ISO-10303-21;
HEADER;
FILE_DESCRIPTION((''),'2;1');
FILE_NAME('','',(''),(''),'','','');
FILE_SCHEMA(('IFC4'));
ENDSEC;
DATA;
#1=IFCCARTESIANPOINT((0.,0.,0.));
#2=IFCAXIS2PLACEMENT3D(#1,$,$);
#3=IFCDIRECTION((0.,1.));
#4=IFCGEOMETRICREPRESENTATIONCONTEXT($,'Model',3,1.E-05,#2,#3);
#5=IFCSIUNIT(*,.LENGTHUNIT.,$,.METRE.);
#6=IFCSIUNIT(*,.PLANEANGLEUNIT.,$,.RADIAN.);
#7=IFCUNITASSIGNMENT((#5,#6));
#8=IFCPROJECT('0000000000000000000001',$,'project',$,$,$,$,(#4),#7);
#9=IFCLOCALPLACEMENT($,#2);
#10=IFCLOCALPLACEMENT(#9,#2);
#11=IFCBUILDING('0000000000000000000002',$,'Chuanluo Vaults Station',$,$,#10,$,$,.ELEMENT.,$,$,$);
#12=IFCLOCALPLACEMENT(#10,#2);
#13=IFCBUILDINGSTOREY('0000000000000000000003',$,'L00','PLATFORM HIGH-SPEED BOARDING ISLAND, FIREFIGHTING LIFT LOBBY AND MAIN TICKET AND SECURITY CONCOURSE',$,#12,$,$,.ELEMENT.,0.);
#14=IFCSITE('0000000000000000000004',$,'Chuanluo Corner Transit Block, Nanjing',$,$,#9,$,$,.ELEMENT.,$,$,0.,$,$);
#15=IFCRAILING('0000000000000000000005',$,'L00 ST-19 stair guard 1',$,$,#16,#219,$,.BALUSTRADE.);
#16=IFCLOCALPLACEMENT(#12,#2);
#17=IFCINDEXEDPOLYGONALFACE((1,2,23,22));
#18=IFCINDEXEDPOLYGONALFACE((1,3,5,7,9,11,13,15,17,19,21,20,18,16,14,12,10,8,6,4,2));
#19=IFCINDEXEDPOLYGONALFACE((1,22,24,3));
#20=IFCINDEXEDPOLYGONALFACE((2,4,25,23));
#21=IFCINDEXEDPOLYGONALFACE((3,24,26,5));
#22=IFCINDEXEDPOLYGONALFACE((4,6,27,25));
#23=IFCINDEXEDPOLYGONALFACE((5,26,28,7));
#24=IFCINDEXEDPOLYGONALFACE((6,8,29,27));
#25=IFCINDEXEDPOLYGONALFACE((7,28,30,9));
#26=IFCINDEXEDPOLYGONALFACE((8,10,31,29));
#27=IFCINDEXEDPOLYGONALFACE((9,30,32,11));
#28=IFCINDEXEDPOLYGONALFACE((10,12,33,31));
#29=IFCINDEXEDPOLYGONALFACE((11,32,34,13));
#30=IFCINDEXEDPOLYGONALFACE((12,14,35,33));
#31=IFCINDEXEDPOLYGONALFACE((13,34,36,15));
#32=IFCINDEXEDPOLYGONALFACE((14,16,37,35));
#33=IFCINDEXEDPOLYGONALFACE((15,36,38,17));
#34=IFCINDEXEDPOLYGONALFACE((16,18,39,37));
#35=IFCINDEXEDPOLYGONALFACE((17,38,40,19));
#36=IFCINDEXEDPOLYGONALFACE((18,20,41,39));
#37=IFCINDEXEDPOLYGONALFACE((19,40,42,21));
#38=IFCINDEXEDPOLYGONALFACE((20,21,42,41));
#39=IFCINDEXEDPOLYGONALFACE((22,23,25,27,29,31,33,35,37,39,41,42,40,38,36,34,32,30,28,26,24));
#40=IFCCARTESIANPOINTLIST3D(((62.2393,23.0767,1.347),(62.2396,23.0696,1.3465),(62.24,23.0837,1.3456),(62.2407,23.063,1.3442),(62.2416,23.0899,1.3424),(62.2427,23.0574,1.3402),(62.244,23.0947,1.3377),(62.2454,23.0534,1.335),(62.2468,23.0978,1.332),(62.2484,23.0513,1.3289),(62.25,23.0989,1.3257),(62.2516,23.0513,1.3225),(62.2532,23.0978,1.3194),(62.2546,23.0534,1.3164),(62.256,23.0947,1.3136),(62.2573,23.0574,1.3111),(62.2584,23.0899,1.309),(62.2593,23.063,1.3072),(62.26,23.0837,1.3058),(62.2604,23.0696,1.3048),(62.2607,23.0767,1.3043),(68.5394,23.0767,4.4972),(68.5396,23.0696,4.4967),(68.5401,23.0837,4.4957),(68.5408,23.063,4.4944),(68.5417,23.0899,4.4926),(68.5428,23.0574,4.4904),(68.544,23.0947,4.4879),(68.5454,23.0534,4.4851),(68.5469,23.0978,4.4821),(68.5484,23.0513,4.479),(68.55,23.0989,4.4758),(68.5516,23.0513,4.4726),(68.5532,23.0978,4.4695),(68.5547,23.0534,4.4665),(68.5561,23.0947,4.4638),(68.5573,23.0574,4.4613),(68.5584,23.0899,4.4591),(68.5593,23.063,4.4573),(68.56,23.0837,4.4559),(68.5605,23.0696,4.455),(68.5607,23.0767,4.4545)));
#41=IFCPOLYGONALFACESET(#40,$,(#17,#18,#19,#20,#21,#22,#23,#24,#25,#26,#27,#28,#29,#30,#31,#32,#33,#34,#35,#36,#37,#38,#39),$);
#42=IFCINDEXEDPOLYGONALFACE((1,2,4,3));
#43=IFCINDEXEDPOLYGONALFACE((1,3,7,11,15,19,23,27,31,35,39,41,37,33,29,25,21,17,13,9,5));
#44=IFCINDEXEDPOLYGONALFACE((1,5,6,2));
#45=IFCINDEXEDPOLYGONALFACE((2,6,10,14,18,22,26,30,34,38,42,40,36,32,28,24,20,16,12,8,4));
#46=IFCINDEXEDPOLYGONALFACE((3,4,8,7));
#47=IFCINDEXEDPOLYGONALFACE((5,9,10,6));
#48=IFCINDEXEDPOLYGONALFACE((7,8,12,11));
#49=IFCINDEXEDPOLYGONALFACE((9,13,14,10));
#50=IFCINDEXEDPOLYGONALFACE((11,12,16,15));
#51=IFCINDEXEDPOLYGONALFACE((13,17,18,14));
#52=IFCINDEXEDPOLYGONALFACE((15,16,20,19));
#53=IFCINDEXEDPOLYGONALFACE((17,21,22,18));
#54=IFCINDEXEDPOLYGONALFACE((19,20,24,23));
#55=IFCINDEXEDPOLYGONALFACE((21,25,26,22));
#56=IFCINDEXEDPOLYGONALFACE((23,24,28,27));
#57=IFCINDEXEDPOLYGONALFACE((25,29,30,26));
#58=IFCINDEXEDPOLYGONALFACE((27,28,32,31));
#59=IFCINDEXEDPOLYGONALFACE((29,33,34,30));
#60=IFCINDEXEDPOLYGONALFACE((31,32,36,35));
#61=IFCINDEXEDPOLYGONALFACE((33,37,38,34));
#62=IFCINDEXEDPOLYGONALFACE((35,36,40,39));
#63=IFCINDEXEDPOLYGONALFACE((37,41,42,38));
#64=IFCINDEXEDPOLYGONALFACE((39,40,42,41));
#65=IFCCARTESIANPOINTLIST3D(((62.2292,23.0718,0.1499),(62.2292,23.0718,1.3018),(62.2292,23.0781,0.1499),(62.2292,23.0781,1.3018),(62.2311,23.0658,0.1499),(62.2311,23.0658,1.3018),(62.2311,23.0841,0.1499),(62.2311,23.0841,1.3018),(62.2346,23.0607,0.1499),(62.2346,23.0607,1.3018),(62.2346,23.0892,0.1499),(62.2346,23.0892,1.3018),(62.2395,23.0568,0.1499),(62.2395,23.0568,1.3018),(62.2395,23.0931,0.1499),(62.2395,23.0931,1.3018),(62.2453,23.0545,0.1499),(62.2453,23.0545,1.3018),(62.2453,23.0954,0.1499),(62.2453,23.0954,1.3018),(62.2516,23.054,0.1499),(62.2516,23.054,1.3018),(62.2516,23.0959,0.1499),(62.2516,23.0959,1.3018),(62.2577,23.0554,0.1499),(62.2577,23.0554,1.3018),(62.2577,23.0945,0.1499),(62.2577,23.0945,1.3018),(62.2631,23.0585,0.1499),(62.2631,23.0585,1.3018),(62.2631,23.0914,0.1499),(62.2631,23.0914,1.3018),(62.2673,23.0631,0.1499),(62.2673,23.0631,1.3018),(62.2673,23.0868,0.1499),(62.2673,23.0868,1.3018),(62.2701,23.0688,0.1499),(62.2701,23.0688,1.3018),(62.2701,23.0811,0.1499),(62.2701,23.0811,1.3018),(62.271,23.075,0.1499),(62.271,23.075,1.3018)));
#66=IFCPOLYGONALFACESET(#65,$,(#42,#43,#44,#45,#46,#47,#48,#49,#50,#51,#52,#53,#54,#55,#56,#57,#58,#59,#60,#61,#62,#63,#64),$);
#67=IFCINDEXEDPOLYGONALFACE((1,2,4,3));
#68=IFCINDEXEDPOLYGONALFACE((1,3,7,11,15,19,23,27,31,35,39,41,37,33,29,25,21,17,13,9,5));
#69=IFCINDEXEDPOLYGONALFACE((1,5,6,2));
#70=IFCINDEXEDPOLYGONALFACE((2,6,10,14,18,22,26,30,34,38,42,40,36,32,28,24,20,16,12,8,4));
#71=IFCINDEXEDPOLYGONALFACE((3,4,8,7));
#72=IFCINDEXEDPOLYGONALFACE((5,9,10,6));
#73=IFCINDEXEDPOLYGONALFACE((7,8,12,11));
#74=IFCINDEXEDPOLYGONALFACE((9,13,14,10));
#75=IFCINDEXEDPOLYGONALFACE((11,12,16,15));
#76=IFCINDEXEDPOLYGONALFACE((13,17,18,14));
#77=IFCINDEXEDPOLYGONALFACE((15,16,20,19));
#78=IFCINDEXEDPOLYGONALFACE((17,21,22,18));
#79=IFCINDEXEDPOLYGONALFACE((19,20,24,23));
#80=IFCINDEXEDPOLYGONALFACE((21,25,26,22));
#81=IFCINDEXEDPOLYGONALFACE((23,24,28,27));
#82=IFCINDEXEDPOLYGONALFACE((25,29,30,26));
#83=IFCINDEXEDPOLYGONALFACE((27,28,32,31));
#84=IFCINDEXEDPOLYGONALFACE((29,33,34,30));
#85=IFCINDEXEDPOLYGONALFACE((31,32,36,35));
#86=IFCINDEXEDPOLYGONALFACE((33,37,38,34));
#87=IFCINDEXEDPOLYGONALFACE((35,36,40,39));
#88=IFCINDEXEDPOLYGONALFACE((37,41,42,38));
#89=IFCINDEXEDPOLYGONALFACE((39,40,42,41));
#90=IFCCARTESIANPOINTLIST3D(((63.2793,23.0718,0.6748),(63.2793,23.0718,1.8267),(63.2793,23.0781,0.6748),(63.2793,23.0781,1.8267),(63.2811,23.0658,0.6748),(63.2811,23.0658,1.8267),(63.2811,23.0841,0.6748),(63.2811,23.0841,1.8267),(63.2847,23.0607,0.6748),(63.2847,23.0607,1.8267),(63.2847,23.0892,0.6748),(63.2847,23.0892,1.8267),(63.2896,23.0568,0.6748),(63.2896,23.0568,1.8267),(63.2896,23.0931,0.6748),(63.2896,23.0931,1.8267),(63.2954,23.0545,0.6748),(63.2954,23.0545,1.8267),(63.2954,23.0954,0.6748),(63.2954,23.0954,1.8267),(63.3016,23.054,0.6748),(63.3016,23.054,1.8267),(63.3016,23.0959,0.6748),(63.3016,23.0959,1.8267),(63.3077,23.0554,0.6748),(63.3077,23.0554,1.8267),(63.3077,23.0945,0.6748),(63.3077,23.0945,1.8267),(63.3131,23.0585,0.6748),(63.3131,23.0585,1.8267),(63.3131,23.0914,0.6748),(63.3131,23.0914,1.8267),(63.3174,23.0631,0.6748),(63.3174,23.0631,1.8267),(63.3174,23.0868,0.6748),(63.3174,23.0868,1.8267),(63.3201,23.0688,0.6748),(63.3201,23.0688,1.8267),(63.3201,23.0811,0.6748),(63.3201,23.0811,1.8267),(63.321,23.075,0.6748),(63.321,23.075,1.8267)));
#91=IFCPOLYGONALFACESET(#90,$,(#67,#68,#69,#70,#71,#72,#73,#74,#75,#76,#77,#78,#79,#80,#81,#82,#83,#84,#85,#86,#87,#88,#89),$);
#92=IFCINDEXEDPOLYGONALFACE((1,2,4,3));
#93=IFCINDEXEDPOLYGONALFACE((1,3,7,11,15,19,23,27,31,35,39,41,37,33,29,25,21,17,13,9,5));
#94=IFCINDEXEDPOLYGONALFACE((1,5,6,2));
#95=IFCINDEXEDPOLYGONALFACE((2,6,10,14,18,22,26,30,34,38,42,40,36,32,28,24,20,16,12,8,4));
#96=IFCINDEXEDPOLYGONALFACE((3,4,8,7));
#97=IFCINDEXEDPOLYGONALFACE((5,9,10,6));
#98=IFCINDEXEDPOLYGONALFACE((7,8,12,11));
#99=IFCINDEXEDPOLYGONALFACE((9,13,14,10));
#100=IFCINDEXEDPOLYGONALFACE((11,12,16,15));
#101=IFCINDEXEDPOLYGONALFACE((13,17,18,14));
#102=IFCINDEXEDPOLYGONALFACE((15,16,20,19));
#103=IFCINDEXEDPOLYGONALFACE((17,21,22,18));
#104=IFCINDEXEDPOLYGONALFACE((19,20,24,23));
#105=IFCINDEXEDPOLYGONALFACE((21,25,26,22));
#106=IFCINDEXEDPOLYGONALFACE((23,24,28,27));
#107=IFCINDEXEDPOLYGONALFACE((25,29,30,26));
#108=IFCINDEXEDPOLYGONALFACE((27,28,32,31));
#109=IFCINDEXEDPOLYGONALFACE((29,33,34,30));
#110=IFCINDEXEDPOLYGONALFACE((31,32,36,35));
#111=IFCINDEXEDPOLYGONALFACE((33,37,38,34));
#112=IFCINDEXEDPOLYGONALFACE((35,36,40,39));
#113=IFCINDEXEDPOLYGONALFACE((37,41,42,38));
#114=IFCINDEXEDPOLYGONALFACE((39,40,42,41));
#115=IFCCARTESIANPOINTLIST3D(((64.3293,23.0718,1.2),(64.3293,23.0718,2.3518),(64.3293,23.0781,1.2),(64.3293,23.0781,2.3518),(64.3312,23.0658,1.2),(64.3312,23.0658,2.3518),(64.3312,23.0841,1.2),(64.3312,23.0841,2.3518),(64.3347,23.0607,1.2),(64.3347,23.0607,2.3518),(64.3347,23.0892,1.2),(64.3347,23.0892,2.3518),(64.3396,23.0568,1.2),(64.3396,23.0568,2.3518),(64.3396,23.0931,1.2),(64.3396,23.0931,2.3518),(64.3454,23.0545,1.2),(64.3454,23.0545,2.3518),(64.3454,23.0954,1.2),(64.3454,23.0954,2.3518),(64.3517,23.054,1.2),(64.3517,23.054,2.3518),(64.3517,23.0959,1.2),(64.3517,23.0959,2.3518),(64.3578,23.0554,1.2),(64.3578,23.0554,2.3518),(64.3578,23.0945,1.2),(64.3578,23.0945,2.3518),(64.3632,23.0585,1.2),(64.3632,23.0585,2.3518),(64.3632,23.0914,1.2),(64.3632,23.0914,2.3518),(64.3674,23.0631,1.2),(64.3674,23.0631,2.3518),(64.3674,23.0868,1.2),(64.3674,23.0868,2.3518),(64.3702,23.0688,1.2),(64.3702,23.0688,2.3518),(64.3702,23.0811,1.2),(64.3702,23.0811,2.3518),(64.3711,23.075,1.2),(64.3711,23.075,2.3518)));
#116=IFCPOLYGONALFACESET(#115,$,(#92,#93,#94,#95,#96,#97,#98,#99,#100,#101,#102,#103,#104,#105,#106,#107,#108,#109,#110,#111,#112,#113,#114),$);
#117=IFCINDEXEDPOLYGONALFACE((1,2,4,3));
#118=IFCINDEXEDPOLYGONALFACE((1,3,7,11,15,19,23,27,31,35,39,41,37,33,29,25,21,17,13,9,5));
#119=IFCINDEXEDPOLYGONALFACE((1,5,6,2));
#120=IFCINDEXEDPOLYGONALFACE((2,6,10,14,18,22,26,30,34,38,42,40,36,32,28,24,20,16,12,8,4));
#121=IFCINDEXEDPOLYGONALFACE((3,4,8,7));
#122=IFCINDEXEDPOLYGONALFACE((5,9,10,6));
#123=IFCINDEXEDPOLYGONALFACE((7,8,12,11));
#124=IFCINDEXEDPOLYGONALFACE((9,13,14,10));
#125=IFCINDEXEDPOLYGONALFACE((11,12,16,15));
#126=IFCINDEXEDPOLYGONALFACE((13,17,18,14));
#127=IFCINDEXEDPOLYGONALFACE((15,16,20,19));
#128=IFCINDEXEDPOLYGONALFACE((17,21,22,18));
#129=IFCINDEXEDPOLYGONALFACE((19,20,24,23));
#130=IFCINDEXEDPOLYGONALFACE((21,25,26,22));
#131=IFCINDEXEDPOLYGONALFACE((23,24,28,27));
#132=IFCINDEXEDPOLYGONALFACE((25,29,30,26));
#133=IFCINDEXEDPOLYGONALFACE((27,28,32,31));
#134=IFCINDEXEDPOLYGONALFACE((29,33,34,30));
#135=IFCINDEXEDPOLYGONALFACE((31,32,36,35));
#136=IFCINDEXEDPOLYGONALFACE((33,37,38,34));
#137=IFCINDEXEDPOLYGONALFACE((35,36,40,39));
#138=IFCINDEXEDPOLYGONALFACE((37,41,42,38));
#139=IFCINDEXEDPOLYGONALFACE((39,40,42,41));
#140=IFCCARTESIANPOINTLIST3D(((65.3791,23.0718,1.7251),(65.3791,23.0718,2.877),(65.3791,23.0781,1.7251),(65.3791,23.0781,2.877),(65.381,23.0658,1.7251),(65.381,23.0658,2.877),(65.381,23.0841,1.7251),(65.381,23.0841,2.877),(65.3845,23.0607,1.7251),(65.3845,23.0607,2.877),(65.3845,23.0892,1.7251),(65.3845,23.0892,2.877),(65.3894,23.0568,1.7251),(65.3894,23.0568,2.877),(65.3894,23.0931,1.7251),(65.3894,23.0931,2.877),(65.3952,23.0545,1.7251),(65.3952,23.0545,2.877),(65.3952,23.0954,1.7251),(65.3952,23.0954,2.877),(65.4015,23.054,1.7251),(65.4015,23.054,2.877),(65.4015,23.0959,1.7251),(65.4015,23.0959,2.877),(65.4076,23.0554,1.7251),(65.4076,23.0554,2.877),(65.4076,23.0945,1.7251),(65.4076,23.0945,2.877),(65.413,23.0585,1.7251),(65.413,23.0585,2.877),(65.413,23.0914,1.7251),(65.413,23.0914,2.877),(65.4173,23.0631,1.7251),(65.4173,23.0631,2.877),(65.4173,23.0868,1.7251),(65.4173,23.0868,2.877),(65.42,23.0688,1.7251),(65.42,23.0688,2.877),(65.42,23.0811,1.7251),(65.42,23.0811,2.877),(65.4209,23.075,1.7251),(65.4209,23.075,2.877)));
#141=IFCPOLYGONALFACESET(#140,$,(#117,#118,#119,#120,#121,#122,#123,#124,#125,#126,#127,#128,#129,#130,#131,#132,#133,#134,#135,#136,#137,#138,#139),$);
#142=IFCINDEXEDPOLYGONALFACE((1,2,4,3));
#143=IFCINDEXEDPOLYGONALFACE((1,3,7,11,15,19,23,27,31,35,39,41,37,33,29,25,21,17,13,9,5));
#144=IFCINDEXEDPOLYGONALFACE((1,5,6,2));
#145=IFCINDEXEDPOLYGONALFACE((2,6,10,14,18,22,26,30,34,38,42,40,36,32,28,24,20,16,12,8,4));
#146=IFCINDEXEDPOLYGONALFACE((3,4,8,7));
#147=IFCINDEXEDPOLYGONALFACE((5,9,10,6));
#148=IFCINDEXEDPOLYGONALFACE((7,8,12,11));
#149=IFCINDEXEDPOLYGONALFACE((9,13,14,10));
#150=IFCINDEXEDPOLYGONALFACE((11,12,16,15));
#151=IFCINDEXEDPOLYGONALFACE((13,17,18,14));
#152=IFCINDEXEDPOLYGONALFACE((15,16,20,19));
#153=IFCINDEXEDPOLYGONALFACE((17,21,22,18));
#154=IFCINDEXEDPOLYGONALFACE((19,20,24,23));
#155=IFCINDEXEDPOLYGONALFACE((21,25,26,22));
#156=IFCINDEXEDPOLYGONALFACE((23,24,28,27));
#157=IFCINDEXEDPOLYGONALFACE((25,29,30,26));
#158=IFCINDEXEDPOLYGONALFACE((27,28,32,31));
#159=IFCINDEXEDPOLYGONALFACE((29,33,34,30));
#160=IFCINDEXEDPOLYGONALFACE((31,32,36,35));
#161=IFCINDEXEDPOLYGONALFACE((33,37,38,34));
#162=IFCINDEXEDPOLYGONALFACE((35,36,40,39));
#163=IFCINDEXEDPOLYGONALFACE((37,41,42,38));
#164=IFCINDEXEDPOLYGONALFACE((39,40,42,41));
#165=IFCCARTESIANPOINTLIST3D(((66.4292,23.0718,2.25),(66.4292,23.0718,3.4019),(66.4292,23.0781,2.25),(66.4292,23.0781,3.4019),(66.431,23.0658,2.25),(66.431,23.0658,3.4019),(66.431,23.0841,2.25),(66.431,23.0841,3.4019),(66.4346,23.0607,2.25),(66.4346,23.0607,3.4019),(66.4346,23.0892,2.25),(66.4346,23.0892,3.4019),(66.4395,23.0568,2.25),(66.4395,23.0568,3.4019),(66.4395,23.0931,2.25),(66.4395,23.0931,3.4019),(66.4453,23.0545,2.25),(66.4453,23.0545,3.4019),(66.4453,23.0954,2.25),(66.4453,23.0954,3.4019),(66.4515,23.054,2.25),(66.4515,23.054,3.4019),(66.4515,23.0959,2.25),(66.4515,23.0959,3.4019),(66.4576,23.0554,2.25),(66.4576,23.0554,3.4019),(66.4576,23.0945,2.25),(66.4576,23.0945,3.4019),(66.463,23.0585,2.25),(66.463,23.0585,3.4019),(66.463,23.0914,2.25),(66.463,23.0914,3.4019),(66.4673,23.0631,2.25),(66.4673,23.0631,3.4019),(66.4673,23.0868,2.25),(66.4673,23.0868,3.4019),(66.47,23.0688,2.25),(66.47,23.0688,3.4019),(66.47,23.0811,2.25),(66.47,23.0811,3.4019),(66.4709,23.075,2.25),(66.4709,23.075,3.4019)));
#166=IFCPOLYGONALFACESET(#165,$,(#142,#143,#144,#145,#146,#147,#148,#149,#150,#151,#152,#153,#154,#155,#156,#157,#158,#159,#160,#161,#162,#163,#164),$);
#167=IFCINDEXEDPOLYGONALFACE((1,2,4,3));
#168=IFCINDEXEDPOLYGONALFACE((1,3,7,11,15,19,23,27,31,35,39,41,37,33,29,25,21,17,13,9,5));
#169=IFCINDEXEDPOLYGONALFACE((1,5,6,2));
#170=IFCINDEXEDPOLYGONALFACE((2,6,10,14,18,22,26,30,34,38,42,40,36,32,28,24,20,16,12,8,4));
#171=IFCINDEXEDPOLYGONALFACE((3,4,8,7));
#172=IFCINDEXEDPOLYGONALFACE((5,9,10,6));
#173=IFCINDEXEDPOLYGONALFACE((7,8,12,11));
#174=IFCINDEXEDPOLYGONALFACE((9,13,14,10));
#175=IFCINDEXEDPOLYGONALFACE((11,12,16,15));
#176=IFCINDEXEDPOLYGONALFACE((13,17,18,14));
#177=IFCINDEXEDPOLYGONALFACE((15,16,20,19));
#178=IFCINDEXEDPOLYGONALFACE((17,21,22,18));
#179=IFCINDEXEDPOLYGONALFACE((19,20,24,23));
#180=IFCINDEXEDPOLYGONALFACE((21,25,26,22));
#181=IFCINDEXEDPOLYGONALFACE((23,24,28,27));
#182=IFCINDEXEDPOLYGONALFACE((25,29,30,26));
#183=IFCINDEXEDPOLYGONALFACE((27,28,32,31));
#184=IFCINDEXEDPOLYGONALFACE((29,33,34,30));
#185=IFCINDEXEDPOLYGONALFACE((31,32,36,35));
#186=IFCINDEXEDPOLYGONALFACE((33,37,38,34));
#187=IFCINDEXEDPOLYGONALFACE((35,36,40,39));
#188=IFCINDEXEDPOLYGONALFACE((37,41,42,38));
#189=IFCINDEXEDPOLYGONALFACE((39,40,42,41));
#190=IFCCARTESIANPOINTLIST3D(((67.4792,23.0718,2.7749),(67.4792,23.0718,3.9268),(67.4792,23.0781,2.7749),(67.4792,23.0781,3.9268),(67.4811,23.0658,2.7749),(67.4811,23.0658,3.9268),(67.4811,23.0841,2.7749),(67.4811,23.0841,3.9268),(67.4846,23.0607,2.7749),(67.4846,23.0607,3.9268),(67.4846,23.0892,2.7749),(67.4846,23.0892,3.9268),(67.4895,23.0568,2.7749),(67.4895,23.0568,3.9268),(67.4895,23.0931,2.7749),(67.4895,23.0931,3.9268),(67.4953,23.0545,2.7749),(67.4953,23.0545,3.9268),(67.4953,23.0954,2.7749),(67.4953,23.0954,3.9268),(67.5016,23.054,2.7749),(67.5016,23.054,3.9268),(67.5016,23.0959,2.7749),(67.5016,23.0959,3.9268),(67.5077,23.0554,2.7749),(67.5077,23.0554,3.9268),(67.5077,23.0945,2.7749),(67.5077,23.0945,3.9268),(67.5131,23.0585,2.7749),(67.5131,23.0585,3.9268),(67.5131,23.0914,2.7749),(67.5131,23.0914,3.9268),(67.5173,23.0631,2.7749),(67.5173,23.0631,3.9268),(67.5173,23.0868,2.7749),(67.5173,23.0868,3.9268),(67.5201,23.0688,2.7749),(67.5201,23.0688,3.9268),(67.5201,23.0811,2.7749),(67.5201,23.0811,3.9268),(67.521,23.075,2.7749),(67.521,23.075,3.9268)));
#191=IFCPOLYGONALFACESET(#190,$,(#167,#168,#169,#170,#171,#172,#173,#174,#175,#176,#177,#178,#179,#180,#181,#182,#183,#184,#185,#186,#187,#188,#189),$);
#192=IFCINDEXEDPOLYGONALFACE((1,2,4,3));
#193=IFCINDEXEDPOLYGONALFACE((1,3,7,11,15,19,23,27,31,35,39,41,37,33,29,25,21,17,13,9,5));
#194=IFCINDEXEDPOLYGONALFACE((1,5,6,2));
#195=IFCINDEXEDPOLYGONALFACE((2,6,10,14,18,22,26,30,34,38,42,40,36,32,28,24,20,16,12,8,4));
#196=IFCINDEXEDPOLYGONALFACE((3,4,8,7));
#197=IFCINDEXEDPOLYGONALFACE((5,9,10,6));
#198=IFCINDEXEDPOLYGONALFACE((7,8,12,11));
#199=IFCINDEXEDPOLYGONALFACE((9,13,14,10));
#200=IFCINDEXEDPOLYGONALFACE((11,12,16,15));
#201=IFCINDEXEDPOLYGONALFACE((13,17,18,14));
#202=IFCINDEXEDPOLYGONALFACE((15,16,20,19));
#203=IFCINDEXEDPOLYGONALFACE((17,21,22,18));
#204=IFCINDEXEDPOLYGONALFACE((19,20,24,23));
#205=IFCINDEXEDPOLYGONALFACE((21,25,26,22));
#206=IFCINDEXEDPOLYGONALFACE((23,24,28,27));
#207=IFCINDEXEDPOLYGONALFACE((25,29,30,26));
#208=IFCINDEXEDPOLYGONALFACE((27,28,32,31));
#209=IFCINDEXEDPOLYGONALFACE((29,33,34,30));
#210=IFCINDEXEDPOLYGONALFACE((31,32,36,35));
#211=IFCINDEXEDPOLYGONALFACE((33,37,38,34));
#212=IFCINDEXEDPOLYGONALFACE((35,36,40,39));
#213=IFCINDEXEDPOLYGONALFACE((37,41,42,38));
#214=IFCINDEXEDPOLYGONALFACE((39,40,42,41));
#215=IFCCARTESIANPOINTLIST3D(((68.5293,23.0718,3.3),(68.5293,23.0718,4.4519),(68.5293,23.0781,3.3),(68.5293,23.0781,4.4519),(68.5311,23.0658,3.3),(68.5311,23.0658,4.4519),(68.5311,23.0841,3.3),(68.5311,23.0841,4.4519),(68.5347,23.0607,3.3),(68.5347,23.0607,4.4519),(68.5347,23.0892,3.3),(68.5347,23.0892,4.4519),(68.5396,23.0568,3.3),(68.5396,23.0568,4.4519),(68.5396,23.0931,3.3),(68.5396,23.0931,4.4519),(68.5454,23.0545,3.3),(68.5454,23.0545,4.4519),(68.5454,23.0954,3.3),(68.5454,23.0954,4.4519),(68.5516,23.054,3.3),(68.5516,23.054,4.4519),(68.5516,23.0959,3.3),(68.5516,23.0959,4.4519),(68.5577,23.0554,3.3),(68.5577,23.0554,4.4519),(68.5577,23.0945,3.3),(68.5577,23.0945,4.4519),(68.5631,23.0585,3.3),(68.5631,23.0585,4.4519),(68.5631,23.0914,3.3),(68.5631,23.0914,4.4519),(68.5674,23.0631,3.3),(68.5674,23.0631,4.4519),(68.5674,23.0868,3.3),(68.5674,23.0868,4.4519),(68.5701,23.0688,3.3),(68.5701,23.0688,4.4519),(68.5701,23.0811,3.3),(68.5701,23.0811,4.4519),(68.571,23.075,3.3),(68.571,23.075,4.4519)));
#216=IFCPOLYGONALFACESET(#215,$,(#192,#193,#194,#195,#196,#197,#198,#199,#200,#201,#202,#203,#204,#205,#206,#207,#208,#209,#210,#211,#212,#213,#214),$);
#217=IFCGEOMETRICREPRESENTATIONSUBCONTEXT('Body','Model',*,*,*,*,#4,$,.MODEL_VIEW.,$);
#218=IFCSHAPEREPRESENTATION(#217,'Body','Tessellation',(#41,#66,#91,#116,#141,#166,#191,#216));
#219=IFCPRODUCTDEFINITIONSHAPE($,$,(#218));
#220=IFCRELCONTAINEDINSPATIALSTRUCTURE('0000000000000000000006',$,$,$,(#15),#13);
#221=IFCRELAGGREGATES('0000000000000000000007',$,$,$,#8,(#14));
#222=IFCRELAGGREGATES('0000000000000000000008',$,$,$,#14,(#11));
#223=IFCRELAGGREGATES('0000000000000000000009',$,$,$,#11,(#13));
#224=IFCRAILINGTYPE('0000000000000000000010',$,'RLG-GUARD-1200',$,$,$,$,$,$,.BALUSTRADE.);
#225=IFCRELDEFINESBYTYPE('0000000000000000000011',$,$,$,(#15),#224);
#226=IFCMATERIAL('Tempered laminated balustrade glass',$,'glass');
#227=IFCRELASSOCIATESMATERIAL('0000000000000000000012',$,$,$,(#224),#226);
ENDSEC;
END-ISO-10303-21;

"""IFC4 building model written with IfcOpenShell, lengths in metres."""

from ifc_helpers import new_model, si_unit, direction, frame, origin, origin_2d, place, context, subcontext, project, spatial, circle, extrude, material, type_object, element, save


model = new_model("IFC4")

# Units and contexts
model_context = context("Model", 3, precision=1e-05, world=origin(), true_north=direction((0.0, 1.0)))
body_context = subcontext(model_context, "Body", "Model", "MODEL_VIEW")
ifc_project = project(units=[si_unit("LENGTHUNIT", "METRE"), si_unit("PLANEANGLEUNIT", "RADIAN")], contexts=[model_context])

# Site, building, storey
site_placement = place(None, origin())
site = spatial("IfcSite", under=ifc_project, at=site_placement, Name="Chuanluo Corner Transit Block, Nanjing", CompositionType="ELEMENT", RefElevation=0.0)
building_placement = place(site_placement, origin())
building = spatial("IfcBuilding", under=site, at=building_placement, Name="Chuanluo Vaults Station", CompositionType="ELEMENT")
storey_placement = place(building_placement, origin())
storey = spatial("IfcBuildingStorey", under=building, at=storey_placement, Name="L00", Description="PLATFORM HIGH-SPEED BOARDING ISLAND, FIREFIGHTING LIFT LOBBY AND MAIN TICKET AND SECURITY CONCOURSE", CompositionType="ELEMENT", Elevation=0.0)

# Railing
ifc_material_1 = material(Name="Tempered laminated balustrade glass", Category="glass")
railing_type_1 = type_object("IfcRailingType", Name="RLG-GUARD-1200", PredefinedType="BALUSTRADE", material=ifc_material_1)
railing_1_placement = place(storey_placement, frame((62.25, 23.075, 0.1499)))
element("IfcRailing", 1, at=railing_1_placement, inside=storey, type_object=railing_type_1, Name="L00 ST-19 stair guard 1", PredefinedType="BALUSTRADE", context=body_context, shape_type="SweptSolid", body=[
    extrude(circle(Radius=0.0239, at=origin_2d()), frame((0.0, 0.0, 1.1758), z_axis=(0.89442, 0.0, 0.447227), x_axis=(0.0, 1.0, 0.0)), (0.0, 0.0, 1.0), 7.0437),
    extrude(circle(Radius=0.021, at=origin_2d()), origin(), (0.0, 0.0, 1.0), 1.1519),
    extrude(circle(Radius=0.021, at=origin_2d()), frame((1.05, 0.0, 0.5249)), (0.0, 0.0, 1.0), 1.1519),
    extrude(circle(Radius=0.021, at=origin_2d()), frame((2.1001, 0.0, 1.05)), (0.0, 0.0, 1.0), 1.1519),
    extrude(circle(Radius=0.021, at=origin_2d()), frame((3.1499, 0.0, 1.5752)), (0.0, 0.0, 1.0), 1.1519),
    extrude(circle(Radius=0.021, at=origin_2d()), frame((4.2, 0.0, 2.1001)), (0.0, 0.0, 1.0), 1.1519),
    extrude(circle(Radius=0.021, at=origin_2d()), frame((5.25, 0.0, 2.625)), (0.0, 0.0, 1.0), 1.1519),
    extrude(circle(Radius=0.021, at=origin_2d()), frame((6.3, 0.0, 3.1501)), (0.0, 0.0, 1.0), 1.1519),
])

save(model, "model.ifc")
